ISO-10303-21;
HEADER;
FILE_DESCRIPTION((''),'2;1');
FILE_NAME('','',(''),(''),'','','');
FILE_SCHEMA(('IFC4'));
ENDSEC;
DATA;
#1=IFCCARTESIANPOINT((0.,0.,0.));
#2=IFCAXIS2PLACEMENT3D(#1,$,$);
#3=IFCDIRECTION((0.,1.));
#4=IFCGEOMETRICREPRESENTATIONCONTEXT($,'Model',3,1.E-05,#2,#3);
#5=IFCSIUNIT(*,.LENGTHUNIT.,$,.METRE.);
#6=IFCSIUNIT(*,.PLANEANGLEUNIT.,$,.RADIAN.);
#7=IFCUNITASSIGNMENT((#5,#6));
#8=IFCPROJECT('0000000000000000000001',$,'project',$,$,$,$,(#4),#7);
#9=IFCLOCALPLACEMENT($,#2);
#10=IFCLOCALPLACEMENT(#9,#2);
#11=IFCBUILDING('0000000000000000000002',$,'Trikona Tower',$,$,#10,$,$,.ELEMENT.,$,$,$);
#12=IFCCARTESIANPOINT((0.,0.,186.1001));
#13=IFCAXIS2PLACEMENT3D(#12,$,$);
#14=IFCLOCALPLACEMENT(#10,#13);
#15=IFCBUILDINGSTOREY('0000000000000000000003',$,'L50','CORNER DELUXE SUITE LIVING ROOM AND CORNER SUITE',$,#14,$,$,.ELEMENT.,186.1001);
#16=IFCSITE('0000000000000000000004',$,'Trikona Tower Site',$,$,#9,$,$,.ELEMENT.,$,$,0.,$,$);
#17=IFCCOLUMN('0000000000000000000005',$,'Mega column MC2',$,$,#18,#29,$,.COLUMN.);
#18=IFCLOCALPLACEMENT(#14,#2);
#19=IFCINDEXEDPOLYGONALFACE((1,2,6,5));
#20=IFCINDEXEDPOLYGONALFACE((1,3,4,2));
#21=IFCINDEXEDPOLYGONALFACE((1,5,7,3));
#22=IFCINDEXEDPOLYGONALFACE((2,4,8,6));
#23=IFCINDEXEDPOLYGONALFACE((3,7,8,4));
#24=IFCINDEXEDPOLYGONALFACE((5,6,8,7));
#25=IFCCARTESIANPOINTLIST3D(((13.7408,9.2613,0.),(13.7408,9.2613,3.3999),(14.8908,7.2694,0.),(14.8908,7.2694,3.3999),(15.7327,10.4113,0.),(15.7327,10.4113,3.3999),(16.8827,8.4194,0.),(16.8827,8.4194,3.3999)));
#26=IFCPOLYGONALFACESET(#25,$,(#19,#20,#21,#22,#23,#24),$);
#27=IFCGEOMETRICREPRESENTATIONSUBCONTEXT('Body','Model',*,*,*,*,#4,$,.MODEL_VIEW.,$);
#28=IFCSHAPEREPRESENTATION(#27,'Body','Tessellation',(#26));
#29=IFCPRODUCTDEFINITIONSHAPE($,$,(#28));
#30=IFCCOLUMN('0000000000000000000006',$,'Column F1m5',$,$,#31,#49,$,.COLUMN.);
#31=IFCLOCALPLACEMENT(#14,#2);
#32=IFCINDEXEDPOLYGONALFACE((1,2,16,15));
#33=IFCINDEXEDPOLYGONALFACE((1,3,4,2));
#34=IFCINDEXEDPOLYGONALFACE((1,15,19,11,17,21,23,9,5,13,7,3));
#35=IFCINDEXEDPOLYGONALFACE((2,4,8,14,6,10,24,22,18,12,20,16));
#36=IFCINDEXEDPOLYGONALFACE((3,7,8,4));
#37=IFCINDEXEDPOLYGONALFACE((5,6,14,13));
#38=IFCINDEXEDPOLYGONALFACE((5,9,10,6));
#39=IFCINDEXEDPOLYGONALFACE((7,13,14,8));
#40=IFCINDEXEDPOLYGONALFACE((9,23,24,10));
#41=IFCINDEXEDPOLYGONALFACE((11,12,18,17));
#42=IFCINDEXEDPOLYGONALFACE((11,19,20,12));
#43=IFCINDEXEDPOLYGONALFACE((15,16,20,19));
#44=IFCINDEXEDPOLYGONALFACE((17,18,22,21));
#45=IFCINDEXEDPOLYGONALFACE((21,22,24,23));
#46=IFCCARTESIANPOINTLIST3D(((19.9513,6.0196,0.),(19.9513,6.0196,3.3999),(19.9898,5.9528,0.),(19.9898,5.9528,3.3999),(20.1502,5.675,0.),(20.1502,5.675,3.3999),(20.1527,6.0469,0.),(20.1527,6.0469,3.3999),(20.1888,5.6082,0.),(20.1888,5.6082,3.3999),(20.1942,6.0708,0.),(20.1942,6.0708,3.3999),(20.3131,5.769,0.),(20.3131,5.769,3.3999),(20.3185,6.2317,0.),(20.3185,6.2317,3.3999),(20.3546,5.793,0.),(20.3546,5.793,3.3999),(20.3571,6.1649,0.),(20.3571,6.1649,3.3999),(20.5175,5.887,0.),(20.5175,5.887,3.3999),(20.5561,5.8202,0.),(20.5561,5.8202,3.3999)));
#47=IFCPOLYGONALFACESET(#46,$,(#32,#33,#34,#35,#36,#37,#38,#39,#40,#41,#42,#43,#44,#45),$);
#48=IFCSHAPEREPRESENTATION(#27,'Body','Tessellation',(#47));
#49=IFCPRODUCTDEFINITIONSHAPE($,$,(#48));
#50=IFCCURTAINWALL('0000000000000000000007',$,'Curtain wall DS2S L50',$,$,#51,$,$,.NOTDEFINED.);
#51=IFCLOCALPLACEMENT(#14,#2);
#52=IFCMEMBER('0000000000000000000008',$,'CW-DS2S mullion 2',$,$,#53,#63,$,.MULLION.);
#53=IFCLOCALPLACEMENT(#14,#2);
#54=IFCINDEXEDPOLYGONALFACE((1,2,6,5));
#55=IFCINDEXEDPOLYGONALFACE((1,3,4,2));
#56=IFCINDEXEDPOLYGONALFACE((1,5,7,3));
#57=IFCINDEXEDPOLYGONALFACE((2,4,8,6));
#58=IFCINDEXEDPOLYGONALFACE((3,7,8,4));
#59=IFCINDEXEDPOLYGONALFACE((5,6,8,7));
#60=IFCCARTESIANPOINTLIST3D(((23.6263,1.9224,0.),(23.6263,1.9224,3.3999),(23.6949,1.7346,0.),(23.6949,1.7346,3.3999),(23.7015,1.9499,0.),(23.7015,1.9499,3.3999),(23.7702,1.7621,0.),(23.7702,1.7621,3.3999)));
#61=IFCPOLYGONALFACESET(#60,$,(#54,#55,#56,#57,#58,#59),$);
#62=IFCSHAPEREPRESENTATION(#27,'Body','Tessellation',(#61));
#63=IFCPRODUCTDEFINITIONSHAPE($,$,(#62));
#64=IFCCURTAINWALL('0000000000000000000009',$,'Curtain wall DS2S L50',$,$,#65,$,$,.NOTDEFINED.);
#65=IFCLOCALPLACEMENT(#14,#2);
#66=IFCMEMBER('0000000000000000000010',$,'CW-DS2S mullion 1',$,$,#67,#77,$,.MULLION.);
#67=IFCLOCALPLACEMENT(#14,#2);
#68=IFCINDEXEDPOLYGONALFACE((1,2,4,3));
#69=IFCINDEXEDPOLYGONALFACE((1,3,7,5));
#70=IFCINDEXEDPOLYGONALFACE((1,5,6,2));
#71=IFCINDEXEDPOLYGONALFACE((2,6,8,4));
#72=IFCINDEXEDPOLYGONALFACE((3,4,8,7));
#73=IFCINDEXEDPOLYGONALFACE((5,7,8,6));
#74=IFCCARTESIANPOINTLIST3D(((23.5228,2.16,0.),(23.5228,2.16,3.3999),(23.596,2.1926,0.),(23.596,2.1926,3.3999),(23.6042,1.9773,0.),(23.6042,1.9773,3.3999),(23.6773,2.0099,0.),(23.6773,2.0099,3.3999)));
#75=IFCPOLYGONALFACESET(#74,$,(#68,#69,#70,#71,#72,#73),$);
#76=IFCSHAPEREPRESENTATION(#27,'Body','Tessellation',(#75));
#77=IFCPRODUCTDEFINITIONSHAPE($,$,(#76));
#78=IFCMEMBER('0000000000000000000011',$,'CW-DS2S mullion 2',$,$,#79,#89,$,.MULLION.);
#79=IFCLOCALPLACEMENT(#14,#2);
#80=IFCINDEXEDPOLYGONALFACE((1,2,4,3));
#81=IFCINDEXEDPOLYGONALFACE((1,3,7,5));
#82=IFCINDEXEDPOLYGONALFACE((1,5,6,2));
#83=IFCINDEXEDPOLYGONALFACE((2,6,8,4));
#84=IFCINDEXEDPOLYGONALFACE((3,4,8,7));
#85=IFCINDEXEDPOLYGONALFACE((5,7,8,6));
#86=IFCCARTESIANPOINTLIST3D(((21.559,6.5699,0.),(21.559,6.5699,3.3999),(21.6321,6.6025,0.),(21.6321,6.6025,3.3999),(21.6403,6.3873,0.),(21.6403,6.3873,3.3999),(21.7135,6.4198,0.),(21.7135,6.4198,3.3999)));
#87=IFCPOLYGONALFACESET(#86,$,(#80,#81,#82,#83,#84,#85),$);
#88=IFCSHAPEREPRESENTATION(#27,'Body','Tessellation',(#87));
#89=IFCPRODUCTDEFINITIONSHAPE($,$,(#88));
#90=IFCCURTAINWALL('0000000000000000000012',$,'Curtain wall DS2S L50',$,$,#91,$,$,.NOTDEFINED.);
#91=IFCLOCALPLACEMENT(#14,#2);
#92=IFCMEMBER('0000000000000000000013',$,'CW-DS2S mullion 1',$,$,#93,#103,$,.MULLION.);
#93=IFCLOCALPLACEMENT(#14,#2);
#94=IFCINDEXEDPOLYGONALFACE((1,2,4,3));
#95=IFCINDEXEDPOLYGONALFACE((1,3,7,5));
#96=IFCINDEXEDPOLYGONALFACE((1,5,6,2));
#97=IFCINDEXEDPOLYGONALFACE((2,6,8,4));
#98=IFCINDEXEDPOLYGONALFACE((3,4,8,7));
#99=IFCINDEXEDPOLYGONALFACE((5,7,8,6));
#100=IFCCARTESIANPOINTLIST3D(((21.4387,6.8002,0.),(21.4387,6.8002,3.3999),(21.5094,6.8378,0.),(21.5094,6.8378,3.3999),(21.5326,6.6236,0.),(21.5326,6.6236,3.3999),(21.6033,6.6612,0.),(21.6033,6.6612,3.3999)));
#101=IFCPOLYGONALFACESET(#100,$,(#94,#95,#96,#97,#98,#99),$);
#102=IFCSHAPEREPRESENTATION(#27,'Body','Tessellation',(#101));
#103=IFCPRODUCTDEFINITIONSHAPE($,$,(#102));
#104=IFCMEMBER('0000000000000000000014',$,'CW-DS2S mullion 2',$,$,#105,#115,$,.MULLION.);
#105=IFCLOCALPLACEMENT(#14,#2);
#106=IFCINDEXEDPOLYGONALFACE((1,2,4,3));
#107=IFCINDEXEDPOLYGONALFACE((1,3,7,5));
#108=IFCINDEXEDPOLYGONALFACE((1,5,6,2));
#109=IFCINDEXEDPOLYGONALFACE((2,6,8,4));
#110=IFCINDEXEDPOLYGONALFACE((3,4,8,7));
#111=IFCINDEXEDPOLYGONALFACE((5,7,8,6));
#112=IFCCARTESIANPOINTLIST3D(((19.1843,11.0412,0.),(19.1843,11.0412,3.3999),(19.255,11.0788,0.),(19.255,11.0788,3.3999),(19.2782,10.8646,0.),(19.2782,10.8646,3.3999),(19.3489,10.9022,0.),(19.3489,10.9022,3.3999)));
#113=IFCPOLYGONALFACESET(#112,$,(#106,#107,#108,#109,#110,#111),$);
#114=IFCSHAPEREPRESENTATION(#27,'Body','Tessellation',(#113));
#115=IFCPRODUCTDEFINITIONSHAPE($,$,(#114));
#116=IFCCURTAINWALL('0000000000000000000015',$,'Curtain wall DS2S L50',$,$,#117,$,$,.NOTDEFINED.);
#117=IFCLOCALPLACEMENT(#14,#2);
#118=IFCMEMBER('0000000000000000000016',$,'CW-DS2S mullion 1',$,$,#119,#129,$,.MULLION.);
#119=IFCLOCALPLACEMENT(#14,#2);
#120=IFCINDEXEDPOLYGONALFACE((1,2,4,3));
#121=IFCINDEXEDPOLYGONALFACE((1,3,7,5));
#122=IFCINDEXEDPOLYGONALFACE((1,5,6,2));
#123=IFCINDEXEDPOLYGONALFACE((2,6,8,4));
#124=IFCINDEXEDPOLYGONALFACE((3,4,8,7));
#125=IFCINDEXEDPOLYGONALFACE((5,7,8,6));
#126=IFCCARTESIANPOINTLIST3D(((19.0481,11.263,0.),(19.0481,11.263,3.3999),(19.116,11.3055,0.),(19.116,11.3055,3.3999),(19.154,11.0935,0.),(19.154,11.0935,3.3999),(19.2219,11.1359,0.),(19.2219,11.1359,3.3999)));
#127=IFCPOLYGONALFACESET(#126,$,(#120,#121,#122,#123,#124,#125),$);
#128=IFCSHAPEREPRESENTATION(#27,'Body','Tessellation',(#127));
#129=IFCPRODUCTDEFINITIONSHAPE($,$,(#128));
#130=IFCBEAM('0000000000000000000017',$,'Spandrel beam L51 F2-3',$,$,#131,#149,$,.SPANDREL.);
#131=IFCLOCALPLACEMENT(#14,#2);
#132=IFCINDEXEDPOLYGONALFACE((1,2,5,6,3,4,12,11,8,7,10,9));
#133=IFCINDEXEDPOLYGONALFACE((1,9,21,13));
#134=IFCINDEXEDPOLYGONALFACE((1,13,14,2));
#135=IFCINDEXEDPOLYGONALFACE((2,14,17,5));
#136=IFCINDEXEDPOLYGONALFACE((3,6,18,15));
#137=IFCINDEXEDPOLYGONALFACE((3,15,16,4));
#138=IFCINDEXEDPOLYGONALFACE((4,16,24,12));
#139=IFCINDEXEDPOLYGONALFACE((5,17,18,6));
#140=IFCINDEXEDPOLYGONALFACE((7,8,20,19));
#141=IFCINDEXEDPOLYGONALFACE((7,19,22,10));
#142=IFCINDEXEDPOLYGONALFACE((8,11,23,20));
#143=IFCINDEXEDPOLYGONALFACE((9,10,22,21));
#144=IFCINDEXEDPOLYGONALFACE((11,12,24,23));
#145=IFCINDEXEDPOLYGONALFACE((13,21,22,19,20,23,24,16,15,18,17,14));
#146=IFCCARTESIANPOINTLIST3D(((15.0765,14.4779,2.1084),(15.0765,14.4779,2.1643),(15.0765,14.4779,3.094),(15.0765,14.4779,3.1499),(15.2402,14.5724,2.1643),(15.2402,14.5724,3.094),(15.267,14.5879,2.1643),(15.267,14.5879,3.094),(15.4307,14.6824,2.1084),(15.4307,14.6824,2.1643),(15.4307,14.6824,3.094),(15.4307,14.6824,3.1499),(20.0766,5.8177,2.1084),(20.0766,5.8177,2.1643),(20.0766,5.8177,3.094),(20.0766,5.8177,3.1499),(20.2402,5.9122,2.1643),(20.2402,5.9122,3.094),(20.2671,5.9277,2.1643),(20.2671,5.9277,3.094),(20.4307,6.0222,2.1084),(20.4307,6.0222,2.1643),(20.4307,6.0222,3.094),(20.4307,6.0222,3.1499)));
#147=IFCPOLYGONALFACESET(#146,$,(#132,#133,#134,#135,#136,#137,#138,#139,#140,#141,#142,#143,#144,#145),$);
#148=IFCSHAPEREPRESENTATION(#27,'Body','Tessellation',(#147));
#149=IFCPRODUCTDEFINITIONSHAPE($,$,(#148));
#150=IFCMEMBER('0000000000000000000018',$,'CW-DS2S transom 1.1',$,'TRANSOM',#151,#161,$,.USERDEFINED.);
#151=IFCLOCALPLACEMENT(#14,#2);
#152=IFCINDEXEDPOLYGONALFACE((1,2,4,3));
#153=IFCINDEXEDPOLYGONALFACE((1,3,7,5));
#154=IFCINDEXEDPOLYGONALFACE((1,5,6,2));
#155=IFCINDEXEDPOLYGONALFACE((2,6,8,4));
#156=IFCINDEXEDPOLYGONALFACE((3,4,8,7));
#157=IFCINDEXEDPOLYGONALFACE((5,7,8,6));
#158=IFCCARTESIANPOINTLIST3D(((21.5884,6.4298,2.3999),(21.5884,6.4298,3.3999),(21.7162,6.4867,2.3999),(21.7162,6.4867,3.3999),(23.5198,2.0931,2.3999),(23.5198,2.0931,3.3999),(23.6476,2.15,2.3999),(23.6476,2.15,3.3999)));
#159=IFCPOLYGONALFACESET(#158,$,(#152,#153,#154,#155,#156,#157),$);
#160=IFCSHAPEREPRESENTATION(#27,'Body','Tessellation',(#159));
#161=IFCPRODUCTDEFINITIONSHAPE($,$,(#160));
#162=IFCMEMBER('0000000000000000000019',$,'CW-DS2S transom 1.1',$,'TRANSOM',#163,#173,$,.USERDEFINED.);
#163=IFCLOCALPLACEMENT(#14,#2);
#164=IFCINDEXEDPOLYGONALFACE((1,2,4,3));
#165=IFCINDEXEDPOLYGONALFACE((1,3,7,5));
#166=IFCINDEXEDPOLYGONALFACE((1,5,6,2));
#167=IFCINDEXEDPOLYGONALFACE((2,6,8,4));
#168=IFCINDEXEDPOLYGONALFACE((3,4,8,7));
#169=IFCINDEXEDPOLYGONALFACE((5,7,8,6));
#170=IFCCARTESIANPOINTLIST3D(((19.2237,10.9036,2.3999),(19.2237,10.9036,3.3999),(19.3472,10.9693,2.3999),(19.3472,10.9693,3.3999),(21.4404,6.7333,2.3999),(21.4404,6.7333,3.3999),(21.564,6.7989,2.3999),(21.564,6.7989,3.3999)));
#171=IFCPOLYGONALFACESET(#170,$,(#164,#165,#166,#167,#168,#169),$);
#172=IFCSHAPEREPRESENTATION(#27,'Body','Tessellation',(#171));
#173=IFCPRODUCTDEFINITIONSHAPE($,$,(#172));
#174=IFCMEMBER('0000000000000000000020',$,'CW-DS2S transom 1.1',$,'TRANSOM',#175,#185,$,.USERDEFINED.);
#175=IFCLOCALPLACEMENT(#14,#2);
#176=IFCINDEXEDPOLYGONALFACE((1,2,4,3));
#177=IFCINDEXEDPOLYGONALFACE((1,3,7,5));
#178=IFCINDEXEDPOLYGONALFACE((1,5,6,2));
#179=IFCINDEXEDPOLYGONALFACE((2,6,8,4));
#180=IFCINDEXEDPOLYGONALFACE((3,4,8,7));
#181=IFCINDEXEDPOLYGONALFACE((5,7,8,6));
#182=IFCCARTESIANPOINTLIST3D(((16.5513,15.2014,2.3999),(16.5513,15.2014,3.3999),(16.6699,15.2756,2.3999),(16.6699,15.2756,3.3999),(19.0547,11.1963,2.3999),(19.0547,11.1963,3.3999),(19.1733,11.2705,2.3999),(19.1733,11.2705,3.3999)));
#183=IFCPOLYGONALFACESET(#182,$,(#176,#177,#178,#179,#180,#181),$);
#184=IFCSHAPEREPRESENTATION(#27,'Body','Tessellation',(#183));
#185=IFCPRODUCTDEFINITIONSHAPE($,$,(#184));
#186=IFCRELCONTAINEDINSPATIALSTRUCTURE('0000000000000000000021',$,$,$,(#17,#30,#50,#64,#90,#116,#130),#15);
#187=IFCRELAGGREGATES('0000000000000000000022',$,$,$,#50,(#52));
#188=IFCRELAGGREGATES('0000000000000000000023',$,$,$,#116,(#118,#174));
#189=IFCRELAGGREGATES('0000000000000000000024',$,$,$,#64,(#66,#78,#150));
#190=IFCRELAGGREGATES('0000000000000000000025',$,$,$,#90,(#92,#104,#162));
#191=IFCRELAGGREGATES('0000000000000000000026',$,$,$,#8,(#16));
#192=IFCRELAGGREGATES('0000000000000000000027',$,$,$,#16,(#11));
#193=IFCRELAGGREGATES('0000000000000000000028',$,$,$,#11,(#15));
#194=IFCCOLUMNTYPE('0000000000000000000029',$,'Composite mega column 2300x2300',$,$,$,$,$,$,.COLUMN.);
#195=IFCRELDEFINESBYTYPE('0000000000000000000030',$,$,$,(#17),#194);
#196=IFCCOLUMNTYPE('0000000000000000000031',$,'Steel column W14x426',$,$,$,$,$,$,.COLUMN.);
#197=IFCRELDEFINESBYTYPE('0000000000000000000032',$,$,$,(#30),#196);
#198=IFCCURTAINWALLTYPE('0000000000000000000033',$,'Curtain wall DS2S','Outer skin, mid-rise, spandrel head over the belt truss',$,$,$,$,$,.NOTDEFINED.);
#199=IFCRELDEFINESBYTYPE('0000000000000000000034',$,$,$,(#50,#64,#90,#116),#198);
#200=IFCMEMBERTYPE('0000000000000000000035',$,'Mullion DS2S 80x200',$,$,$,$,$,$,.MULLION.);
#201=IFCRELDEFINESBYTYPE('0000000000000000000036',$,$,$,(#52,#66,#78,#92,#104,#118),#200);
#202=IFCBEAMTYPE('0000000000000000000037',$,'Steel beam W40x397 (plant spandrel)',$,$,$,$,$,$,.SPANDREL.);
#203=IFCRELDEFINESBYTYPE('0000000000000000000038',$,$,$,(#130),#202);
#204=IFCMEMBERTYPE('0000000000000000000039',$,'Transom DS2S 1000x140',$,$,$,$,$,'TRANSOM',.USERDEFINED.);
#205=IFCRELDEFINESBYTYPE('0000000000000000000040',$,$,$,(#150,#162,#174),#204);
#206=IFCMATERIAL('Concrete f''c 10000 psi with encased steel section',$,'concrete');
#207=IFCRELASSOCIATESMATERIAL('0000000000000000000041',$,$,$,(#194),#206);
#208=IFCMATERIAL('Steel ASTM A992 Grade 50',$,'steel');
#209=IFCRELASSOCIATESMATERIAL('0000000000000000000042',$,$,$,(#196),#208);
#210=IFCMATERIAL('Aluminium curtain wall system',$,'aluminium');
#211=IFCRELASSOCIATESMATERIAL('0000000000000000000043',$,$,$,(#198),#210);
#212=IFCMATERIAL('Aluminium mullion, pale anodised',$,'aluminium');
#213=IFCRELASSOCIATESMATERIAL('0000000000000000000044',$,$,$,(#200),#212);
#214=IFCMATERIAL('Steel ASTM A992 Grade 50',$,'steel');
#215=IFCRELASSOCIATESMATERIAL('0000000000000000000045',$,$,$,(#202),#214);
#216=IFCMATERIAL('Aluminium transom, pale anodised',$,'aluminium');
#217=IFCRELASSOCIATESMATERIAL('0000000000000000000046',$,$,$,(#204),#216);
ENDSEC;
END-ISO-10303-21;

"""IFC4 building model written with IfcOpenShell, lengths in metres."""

from ifc_helpers import new_model, si_unit, direction, frame, origin, origin_2d, place, context, subcontext, project, spatial, rectangle, i_section, extrude, material, material_profile, profile_set, type_object, element, aggregate, save


model = new_model("IFC4")

# Units and contexts
model_context = context("Model", 3, precision=1e-05, world=origin(), true_north=direction((0.0, 1.0)))
body_context = subcontext(model_context, "Body", "Model", "MODEL_VIEW")
ifc_project = project(units=[si_unit("LENGTHUNIT", "METRE"), si_unit("PLANEANGLEUNIT", "RADIAN")], contexts=[model_context])

# Site, building, storey
site_placement = place(None, origin())
site = spatial("IfcSite", under=ifc_project, at=site_placement, Name="Trikona Tower Site", CompositionType="ELEMENT", RefElevation=0.0)
building_placement = place(site_placement, origin())
building = spatial("IfcBuilding", under=site, at=building_placement, Name="Trikona Tower", CompositionType="ELEMENT")
storey_placement = place(building_placement, frame((0.0, 0.0, 186.1001)))
storey = spatial("IfcBuildingStorey", under=building, at=storey_placement, Name="L50", Description="CORNER DELUXE SUITE LIVING ROOM AND CORNER SUITE", CompositionType="ELEMENT", Elevation=186.1001)

# Columns
ifc_material_1 = material(Name="Concrete f'c 10000 psi with encased steel section", Category="concrete")
ifc_material_profile_1 = material_profile(ifc_material_1, rectangle(XDim=2.3, YDim=2.3, at=origin_2d()), Name="MC2300")
ifc_profile_set_1 = profile_set([ifc_material_profile_1], Name="Concrete f'c 10000 psi with encased steel section")
column_type_1 = type_object("IfcColumnType", Name="Composite mega column 2300x2300", PredefinedType="COLUMN", material=ifc_profile_set_1)
column_1_placement = place(storey_placement, frame((15.3118, 8.8403, 0.0), z_axis=(0.0, 0.0, 1.0), x_axis=(0.866025, 0.5, 0.0)))
element("IfcColumn", 1, at=column_1_placement, inside=storey, type_object=column_type_1, Name="Mega column MC2", PredefinedType="COLUMN", context=body_context, shape_type="SweptSolid", body=[
    extrude(rectangle(XDim=2.3, YDim=2.3, at=origin_2d()), origin(), (0.0, 0.0, 1.0), 3.3999),
])
ifc_material_2 = material(Name="Steel ASTM A992 Grade 50", Category="steel")
ifc_material_profile_2 = material_profile(ifc_material_2, i_section(OverallWidth=0.4241, OverallDepth=0.4751, WebThickness=0.0479, FlangeThickness=0.0771, at=origin_2d()), Name="W14X426")
ifc_profile_set_2 = profile_set([ifc_material_profile_2], Name="Steel ASTM A992 Grade 50")
column_type_2 = type_object("IfcColumnType", Name="Steel column W14x426", PredefinedType="COLUMN", material=ifc_profile_set_2)
column_2_placement = place(storey_placement, frame((20.2537, 5.9199, 0.0), z_axis=(0.0, 0.0, 1.0), x_axis=(0.866025, 0.5, 0.0)))
element("IfcColumn", 2, at=column_2_placement, inside=storey, type_object=column_type_2, Name="Column F1m5", PredefinedType="COLUMN", context=body_context, shape_type="SweptSolid", body=[
    extrude(i_section(OverallWidth=0.4241, OverallDepth=0.4751, WebThickness=0.0479, FlangeThickness=0.0771, at=origin_2d()), origin(), (0.0, 0.0, 1.0), 3.3999),
])

# Curtain wall, member
ifc_material_3 = material(Name="Aluminium curtain wall system", Category="aluminium")
curtain_wall_type = type_object("IfcCurtainWallType", Name="Curtain wall DS2S", Description="Outer skin, mid-rise, spandrel head over the belt truss", PredefinedType="NOTDEFINED", material=ifc_material_3)
curtain_wall_1_placement = place(storey_placement, origin())
curtain_wall_1 = element("IfcCurtainWall", 3, at=curtain_wall_1_placement, inside=storey, type_object=curtain_wall_type, Name="Curtain wall DS2S L50", PredefinedType="NOTDEFINED")
ifc_material_4 = material(Name="Aluminium mullion, pale anodised", Category="aluminium")
ifc_material_profile_3 = material_profile(ifc_material_4, rectangle(XDim=0.0801, YDim=0.2, at=origin_2d()), Name="MUL-DS2S")
ifc_profile_set_3 = profile_set([ifc_material_profile_3], Name="Aluminium mullion, pale anodised")
member_type_1 = type_object("IfcMemberType", Name="Mullion DS2S 80x200", PredefinedType="MULLION", material=ifc_profile_set_3)
member_1_placement = place(storey_placement, frame((23.6982, 1.8423, 0.0), z_axis=(0.0, 0.0, 1.0), x_axis=(-0.939254, -0.343223, 0.0)))
member_1 = element("IfcMember", 4, at=member_1_placement, type_object=member_type_1, Name="CW-DS2S mullion 2", PredefinedType="MULLION", context=body_context, shape_type="SweptSolid", body=[
    extrude(rectangle(XDim=0.0801, YDim=0.2, at=origin_2d()), origin(), (0.0, 0.0, 1.0), 3.3999),
])
aggregate(curtain_wall_1, [member_1])

# Curtain walls, members
curtain_wall_2_placement = place(storey_placement, origin())
curtain_wall_2 = element("IfcCurtainWall", 5, at=curtain_wall_2_placement, inside=storey, type_object=curtain_wall_type, Name="Curtain wall DS2S L50", PredefinedType="NOTDEFINED")
member_2_placement = place(storey_placement, frame((23.6001, 2.085, 0.0), z_axis=(0.0, 0.0, 1.0), x_axis=(-0.913501, -0.406836, 0.0)))
member_2 = element("IfcMember", 6, at=member_2_placement, type_object=member_type_1, Name="CW-DS2S mullion 1", PredefinedType="MULLION", context=body_context, shape_type="SweptSolid", body=[
    extrude(rectangle(XDim=0.0801, YDim=0.2, at=origin_2d()), origin(), (0.0, 0.0, 1.0), 3.3999),
])
member_3_placement = place(storey_placement, frame((21.6362, 6.4949, 0.0), z_axis=(0.0, 0.0, 1.0), x_axis=(-0.913501, -0.406836, 0.0)))
member_3 = element("IfcMember", 7, at=member_3_placement, type_object=member_type_1, Name="CW-DS2S mullion 2", PredefinedType="MULLION", context=body_context, shape_type="SweptSolid", body=[
    extrude(rectangle(XDim=0.0801, YDim=0.2, at=origin_2d()), origin(), (0.0, 0.0, 1.0), 3.3999),
])
curtain_wall_3_placement = place(storey_placement, origin())
curtain_wall_3 = element("IfcCurtainWall", 8, at=curtain_wall_3_placement, inside=storey, type_object=curtain_wall_type, Name="Curtain wall DS2S L50", PredefinedType="NOTDEFINED")
member_4_placement = place(storey_placement, frame((21.521, 6.7307, 0.0), z_axis=(0.0, 0.0, 1.0), x_axis=(-0.882996, -0.46938, 0.0)))
member_4 = element("IfcMember", 9, at=member_4_placement, type_object=member_type_1, Name="CW-DS2S mullion 1", PredefinedType="MULLION", context=body_context, shape_type="SweptSolid", body=[
    extrude(rectangle(XDim=0.0801, YDim=0.2, at=origin_2d()), origin(), (0.0, 0.0, 1.0), 3.3999),
])
member_5_placement = place(storey_placement, frame((19.2666, 10.9717, 0.0), z_axis=(0.0, 0.0, 1.0), x_axis=(-0.882996, -0.46938, 0.0)))
member_5 = element("IfcMember", 10, at=member_5_placement, type_object=member_type_1, Name="CW-DS2S mullion 2", PredefinedType="MULLION", context=body_context, shape_type="SweptSolid", body=[
    extrude(rectangle(XDim=0.0801, YDim=0.2, at=origin_2d()), origin(), (0.0, 0.0, 1.0), 3.3999),
])

# Curtain wall, member
curtain_wall_4_placement = place(storey_placement, origin())
curtain_wall_4 = element("IfcCurtainWall", 11, at=curtain_wall_4_placement, inside=storey, type_object=curtain_wall_type, Name="Curtain wall DS2S L50", PredefinedType="NOTDEFINED")
member_6_placement = place(storey_placement, frame((19.135, 11.1995, 0.0), z_axis=(0.0, 0.0, 1.0), x_axis=(-0.847998, -0.529999, 0.0)))
member_6 = element("IfcMember", 12, at=member_6_placement, type_object=member_type_1, Name="CW-DS2S mullion 1", PredefinedType="MULLION", context=body_context, shape_type="SweptSolid", body=[
    extrude(rectangle(XDim=0.0801, YDim=0.2, at=origin_2d()), origin(), (0.0, 0.0, 1.0), 3.3999),
])

# Beam
ifc_material_5 = material(Name="Steel ASTM A992 Grade 50", Category="steel")
ifc_material_profile_4 = material_profile(ifc_material_5, i_section(OverallWidth=0.4089, OverallDepth=1.0415, WebThickness=0.031, FlangeThickness=0.0559, at=origin_2d()), Name="W40X397")
ifc_profile_set_4 = profile_set([ifc_material_profile_4], Name="Steel ASTM A992 Grade 50")
beam_type = type_object("IfcBeamType", Name="Steel beam W40x397 (plant spandrel)", PredefinedType="SPANDREL", material=ifc_profile_set_4)
beam_placement = place(storey_placement, frame((20.2537, 5.9199, 2.6292), z_axis=(-0.500004, 0.866023, 0.0), x_axis=(-0.866023, -0.500004, 0.0)))
element("IfcBeam", 13, at=beam_placement, inside=storey, type_object=beam_type, Name="Spandrel beam L51 F2-3", PredefinedType="SPANDREL", context=body_context, shape_type="SweptSolid", body=[
    extrude(i_section(OverallWidth=0.4089, OverallDepth=1.0415, WebThickness=0.031, FlangeThickness=0.0559, at=origin_2d()), origin(), (0.0, 0.0, 1.0), 10.0),
])

# Members
ifc_material_6 = material(Name="Aluminium transom, pale anodised", Category="aluminium")
ifc_material_profile_5 = material_profile(ifc_material_6, rectangle(XDim=0.1399, YDim=1.0, at=origin_2d()), Name="TRN-DS2S")
ifc_profile_set_5 = profile_set([ifc_material_profile_5], Name="Aluminium transom, pale anodised")
member_type_2 = type_object("IfcMemberType", Name="Transom DS2S 1000x140", ElementType="TRANSOM", PredefinedType="USERDEFINED", material=ifc_profile_set_5)
member_7_placement = place(storey_placement, frame((23.5837, 2.1216, 2.8999), z_axis=(-0.40684, 0.9135, 0.0), x_axis=(-0.9135, -0.40684, 0.0)))
member_7 = element("IfcMember", 14, at=member_7_placement, type_object=member_type_2, Name="CW-DS2S transom 1.1", ObjectType="TRANSOM", PredefinedType="USERDEFINED", context=body_context, shape_type="SweptSolid", body=[
    extrude(rectangle(XDim=0.1399, YDim=1.0, at=origin_2d()), origin(), (0.0, 0.0, 1.0), 4.7473),
])
member_8_placement = place(storey_placement, frame((21.5022, 6.7661, 2.8999), z_axis=(-0.469364, 0.883005, 0.0), x_axis=(-0.883005, -0.469364, 0.0)))
member_8 = element("IfcMember", 15, at=member_8_placement, type_object=member_type_2, Name="CW-DS2S transom 1.1", ObjectType="TRANSOM", PredefinedType="USERDEFINED", context=body_context, shape_type="SweptSolid", body=[
    extrude(rectangle(XDim=0.1399, YDim=1.0, at=origin_2d()), origin(), (0.0, 0.0, 1.0), 4.7229),
])
member_9_placement = place(storey_placement, frame((19.114, 11.2334, 2.8999), z_axis=(-0.530031, 0.847978, 0.0), x_axis=(-0.847978, -0.530031, 0.0)))
member_9 = element("IfcMember", 16, at=member_9_placement, type_object=member_type_2, Name="CW-DS2S transom 1.1", ObjectType="TRANSOM", PredefinedType="USERDEFINED", context=body_context, shape_type="SweptSolid", body=[
    extrude(rectangle(XDim=0.1399, YDim=1.0, at=origin_2d()), origin(), (0.0, 0.0, 1.0), 4.7231),
])
aggregate(curtain_wall_4, [member_6, member_9])

aggregate(curtain_wall_2, [member_2, member_3, member_7])
aggregate(curtain_wall_3, [member_4, member_5, member_8])

save(model, "model.ifc")
